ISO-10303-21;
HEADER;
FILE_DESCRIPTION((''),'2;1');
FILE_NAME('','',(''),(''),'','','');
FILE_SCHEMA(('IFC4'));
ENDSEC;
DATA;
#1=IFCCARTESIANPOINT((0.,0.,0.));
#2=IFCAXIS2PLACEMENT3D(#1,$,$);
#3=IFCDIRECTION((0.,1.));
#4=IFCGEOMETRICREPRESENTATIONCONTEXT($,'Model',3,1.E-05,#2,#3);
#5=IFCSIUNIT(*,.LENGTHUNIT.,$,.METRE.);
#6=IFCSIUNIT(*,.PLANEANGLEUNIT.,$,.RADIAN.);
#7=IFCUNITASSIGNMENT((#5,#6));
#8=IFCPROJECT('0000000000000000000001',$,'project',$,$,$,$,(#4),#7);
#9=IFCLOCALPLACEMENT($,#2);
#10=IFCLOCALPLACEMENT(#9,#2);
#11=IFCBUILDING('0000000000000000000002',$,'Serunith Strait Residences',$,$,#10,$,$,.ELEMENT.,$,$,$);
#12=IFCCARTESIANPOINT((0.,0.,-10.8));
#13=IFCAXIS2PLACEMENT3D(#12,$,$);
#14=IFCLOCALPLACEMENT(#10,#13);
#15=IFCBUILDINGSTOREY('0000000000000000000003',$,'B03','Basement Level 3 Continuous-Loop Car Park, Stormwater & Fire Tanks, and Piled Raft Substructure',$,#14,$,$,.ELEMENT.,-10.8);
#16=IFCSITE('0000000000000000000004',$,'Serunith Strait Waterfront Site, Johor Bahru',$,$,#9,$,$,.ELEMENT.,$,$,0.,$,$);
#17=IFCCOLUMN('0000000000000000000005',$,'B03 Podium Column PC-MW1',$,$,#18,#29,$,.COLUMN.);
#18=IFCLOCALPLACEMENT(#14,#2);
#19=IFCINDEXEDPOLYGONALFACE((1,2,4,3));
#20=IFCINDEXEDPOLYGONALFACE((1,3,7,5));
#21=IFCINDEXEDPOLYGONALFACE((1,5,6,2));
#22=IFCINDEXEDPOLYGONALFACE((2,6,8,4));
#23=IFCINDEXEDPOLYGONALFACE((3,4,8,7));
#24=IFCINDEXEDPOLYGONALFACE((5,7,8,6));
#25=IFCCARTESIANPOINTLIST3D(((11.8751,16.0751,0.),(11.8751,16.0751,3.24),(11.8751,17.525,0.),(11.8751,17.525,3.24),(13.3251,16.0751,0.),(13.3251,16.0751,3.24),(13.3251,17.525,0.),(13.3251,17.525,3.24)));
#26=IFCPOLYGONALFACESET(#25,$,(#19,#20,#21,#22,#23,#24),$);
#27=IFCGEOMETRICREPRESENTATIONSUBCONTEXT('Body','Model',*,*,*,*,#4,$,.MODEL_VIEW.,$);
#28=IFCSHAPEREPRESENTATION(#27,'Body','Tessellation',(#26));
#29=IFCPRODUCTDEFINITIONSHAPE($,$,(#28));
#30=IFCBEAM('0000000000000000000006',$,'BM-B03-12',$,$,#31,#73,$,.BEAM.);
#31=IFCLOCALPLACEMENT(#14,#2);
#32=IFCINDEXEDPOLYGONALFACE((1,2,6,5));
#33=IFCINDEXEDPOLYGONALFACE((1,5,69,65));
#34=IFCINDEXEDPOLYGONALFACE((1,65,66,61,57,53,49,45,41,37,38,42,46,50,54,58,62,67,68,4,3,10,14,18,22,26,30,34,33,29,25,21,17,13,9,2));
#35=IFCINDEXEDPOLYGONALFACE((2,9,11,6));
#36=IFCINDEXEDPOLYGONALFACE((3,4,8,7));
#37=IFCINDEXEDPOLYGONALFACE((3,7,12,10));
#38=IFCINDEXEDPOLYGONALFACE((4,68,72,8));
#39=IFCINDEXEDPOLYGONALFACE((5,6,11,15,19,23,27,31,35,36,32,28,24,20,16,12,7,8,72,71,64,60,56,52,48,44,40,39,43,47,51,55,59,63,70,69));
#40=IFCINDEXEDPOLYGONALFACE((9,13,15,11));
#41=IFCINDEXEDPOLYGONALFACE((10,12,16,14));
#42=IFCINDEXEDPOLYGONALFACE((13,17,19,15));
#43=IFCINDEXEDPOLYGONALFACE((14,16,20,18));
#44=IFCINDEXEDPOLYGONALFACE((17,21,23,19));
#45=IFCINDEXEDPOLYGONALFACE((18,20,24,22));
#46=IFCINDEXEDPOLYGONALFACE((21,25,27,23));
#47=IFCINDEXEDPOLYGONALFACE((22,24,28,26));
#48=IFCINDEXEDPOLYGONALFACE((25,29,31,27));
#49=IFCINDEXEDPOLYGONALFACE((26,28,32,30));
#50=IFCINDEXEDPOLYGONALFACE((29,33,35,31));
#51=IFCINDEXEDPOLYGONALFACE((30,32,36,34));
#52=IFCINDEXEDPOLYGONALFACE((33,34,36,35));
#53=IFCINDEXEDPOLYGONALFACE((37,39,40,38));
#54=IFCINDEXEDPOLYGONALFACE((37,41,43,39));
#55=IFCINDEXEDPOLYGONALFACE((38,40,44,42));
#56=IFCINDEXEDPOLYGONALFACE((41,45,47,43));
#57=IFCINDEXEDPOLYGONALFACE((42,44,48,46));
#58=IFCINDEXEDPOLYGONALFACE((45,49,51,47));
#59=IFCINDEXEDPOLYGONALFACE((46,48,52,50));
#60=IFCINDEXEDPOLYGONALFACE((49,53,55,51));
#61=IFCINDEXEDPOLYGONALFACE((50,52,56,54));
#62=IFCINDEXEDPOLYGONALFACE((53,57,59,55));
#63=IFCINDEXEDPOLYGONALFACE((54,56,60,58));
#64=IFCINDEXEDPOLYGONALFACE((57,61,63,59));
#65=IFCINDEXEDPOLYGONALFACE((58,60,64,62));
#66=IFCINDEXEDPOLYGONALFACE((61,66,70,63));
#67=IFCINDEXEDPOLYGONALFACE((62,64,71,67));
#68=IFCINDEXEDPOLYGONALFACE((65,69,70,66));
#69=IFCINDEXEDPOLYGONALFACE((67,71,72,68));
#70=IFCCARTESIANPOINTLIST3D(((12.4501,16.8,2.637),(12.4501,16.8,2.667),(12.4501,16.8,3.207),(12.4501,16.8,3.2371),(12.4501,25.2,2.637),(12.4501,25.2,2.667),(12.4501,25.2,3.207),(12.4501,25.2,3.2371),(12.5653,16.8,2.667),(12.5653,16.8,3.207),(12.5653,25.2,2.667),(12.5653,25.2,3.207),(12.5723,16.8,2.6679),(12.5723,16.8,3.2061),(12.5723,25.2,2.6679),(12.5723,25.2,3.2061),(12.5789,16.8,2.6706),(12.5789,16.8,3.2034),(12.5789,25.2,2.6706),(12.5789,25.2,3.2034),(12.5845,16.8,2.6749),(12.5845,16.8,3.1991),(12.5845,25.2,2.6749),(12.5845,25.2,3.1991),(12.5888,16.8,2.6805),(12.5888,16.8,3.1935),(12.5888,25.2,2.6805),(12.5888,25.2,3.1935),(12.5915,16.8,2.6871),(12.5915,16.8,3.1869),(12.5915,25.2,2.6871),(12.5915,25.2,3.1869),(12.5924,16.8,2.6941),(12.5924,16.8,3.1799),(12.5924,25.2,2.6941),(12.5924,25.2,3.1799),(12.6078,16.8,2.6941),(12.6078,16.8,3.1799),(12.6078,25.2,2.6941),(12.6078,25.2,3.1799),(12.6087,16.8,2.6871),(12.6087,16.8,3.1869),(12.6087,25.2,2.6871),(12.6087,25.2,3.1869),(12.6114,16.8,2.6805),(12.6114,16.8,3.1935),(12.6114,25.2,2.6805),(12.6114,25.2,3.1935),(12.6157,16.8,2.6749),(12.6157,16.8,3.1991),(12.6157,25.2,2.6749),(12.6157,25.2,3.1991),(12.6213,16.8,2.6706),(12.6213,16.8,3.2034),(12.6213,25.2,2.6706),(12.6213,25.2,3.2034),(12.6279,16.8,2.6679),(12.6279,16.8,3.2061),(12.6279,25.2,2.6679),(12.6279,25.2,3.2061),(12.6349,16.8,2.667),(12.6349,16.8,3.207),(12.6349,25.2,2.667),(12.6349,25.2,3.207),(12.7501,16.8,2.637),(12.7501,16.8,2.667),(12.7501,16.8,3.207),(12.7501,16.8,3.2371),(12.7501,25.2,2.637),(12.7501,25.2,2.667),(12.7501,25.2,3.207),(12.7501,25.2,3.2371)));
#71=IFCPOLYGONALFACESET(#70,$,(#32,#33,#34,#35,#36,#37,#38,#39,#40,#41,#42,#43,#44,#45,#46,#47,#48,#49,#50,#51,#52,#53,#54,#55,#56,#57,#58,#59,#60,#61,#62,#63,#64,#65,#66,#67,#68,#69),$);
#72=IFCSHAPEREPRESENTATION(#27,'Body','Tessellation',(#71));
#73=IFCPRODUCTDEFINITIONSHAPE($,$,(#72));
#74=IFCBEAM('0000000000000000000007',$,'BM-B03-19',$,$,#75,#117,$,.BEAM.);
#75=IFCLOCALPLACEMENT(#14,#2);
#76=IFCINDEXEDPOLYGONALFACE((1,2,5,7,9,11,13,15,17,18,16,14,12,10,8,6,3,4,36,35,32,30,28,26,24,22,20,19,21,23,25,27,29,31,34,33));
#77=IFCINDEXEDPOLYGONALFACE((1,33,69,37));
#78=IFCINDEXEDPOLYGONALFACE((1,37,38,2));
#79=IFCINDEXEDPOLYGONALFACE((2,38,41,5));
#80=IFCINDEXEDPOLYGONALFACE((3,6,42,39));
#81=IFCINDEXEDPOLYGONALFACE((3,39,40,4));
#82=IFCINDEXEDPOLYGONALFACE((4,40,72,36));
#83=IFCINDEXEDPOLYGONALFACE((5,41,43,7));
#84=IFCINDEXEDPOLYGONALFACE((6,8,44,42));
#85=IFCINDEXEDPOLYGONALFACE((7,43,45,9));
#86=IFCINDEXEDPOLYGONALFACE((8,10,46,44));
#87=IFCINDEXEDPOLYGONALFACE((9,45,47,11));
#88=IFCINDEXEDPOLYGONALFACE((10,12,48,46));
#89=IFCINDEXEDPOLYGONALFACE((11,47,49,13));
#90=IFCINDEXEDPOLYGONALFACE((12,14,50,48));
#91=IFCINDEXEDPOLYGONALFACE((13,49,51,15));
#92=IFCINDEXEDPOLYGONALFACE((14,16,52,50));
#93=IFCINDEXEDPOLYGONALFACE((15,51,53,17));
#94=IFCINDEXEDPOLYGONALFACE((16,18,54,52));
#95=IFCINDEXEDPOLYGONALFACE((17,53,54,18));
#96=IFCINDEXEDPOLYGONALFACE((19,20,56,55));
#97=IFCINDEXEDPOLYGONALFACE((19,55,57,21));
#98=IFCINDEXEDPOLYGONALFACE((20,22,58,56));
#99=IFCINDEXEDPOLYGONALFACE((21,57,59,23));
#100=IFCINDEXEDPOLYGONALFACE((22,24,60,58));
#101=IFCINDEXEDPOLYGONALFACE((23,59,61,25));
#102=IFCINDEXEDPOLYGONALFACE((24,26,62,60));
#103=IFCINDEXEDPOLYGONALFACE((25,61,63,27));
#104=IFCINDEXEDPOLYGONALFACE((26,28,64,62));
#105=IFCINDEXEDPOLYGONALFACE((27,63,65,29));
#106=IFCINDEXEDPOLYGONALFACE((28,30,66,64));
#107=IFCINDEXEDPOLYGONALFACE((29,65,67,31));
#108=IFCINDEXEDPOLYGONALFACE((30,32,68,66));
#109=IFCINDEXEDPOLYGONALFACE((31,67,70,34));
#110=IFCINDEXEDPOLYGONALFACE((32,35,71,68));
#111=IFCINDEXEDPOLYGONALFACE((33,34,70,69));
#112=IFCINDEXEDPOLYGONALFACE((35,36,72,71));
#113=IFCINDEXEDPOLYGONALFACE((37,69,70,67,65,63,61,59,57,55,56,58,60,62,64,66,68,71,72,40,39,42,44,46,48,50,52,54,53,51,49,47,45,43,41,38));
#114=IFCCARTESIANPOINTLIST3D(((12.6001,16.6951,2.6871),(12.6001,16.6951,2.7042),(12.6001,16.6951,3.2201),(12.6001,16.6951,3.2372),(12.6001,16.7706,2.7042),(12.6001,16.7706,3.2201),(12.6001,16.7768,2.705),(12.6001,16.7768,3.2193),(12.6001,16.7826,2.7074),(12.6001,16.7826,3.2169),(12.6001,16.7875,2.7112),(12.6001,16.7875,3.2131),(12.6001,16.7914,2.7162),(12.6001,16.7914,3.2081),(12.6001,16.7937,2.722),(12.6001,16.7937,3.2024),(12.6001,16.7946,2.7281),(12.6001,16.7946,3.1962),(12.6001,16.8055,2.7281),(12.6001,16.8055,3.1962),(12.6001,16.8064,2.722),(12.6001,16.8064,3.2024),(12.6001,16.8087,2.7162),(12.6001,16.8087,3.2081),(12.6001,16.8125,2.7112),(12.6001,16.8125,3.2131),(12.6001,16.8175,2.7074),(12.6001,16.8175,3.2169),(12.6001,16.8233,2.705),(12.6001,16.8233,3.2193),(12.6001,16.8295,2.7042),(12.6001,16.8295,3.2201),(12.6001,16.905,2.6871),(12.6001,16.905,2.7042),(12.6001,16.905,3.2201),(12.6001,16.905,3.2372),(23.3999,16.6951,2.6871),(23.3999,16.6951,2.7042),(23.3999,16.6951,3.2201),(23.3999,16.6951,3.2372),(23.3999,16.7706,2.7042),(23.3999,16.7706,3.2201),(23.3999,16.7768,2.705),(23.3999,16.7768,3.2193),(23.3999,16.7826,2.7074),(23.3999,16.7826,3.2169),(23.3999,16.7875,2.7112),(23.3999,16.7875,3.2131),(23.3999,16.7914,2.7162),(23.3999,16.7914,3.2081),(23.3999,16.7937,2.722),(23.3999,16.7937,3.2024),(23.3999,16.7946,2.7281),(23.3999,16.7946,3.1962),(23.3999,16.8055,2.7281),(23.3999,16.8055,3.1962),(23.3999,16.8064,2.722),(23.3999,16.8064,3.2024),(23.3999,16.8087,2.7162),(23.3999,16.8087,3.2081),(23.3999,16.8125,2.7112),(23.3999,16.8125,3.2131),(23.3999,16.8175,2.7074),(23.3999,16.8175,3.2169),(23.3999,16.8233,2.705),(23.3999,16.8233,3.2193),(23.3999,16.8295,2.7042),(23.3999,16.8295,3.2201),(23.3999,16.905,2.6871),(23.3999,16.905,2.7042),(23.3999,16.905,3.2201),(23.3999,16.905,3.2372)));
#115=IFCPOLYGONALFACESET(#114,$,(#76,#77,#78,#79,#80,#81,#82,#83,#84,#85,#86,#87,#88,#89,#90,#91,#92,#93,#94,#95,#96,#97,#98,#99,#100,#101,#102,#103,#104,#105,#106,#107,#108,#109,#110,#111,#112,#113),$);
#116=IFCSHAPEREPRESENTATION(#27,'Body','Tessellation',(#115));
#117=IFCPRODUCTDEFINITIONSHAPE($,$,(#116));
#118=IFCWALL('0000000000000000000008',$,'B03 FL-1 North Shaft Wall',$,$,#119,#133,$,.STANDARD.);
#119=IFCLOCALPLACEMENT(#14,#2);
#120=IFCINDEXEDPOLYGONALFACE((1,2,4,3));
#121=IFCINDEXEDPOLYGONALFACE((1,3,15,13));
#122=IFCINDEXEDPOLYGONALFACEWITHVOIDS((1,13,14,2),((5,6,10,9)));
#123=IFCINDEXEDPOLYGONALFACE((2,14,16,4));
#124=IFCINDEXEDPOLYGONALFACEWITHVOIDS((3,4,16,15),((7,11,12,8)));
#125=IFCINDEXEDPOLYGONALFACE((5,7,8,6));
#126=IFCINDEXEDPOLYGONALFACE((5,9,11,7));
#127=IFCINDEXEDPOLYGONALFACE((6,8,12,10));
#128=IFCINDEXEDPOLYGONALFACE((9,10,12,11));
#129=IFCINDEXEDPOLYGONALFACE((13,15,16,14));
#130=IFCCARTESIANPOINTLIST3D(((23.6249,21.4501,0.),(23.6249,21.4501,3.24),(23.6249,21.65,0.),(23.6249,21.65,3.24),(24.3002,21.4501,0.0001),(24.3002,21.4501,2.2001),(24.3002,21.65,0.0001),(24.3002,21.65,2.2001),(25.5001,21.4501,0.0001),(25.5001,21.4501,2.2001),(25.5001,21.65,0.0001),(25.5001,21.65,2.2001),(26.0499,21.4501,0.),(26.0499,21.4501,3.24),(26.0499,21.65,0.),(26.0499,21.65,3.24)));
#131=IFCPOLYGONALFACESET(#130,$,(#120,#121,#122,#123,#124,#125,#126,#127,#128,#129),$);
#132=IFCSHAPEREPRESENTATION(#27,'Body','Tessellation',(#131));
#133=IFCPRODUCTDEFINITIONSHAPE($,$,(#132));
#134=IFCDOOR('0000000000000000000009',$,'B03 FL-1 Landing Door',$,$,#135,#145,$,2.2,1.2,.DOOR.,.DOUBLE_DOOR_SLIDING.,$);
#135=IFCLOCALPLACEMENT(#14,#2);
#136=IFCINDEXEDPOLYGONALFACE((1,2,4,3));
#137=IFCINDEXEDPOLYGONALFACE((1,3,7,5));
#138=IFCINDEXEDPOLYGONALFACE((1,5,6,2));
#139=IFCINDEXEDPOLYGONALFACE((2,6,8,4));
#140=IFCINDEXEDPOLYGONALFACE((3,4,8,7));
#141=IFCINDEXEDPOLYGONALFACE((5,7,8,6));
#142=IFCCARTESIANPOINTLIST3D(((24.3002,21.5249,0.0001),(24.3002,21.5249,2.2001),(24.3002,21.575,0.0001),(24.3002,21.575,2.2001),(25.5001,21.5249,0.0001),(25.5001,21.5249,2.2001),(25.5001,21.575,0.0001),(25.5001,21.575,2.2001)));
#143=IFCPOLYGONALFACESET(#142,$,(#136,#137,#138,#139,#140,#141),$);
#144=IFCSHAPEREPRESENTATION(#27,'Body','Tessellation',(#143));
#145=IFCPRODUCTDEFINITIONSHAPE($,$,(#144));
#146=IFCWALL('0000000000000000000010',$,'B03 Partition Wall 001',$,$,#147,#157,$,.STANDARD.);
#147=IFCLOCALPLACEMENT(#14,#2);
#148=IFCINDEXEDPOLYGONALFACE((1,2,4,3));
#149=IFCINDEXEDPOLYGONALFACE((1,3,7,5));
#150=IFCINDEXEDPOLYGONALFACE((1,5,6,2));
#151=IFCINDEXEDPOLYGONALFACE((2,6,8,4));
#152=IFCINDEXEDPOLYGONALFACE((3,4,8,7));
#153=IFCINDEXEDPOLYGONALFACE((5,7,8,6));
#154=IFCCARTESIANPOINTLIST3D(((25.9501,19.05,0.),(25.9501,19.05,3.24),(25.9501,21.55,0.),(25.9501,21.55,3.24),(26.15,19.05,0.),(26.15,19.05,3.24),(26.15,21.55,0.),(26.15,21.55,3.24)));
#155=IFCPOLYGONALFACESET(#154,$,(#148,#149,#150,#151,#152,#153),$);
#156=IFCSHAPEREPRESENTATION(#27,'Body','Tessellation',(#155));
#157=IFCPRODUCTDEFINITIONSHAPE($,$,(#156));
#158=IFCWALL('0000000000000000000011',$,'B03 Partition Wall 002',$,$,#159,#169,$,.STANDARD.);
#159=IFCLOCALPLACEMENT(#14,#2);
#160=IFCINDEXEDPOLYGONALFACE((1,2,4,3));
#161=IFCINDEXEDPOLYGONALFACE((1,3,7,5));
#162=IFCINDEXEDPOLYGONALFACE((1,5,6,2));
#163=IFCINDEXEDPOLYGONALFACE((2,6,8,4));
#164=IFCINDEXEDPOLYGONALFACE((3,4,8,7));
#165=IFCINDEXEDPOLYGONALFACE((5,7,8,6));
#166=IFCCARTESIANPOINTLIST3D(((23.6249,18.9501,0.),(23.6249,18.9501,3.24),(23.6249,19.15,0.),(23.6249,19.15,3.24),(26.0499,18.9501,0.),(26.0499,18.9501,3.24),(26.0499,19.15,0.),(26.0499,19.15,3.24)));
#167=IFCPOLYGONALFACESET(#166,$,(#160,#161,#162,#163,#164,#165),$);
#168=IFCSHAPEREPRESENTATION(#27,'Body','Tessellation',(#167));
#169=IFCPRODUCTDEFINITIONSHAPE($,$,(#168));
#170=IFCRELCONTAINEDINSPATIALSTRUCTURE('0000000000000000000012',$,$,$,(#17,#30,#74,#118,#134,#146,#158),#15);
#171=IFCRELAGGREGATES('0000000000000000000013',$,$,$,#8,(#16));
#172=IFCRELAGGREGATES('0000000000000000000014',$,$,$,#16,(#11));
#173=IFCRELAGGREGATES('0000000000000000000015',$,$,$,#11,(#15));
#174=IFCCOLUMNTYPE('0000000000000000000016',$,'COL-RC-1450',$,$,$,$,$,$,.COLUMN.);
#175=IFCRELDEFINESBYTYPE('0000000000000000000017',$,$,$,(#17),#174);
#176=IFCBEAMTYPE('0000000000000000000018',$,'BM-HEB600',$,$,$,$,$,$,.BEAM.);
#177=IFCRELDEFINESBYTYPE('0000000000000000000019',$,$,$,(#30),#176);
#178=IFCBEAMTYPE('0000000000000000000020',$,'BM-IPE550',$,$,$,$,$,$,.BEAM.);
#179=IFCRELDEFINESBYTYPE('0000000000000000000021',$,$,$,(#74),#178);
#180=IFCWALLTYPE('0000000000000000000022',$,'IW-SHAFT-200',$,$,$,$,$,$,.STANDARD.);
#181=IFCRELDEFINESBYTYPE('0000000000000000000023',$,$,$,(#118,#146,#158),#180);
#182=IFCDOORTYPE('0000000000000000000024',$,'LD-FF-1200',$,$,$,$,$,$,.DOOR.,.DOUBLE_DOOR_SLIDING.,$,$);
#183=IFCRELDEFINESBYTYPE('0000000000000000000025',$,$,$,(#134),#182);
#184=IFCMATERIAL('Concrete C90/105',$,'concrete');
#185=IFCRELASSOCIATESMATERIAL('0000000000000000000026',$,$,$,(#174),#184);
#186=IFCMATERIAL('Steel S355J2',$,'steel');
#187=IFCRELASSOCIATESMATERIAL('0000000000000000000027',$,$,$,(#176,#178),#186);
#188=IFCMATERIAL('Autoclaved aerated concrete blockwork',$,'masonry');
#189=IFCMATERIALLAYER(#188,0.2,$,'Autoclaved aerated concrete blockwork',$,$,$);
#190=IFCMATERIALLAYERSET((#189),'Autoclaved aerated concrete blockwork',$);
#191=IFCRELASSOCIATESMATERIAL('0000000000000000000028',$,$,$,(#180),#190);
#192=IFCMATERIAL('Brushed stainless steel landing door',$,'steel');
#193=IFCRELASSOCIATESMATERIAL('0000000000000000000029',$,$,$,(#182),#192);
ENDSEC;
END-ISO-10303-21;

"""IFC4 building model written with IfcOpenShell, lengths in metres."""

from ifc_helpers import new_model, si_unit, direction, frame, frame_2d, origin, origin_2d, place, context, subcontext, project, spatial, rectangle, i_section, extrude, source, transform, mapped, material, layer, layer_set, material_profile, profile_set, type_object, element, fill, save


model = new_model("IFC4")

# Units and contexts
model_context = context("Model", 3, precision=1e-05, world=origin(), true_north=direction((0.0, 1.0)))
body_context = subcontext(model_context, "Body", "Model", "MODEL_VIEW")
ifc_project = project(units=[si_unit("LENGTHUNIT", "METRE"), si_unit("PLANEANGLEUNIT", "RADIAN")], contexts=[model_context])

# Site, building, storey
site_placement = place(None, origin())
site = spatial("IfcSite", under=ifc_project, at=site_placement, Name="Serunith Strait Waterfront Site, Johor Bahru", CompositionType="ELEMENT", RefElevation=0.0)
building_placement = place(site_placement, origin())
building = spatial("IfcBuilding", under=site, at=building_placement, Name="Serunith Strait Residences", CompositionType="ELEMENT")
storey_placement = place(building_placement, frame((0.0, 0.0, -10.8)))
storey = spatial("IfcBuildingStorey", under=building, at=storey_placement, Name="B03", Description="Basement Level 3 Continuous-Loop Car Park, Stormwater & Fire Tanks, and Piled Raft Substructure", CompositionType="ELEMENT", Elevation=-10.8)

# Column
ifc_material_1 = material(Name="Concrete C90/105", Category="concrete")
ifc_material_profile_1 = material_profile(ifc_material_1, rectangle(XDim=1.45, YDim=1.45, at=origin_2d()), Name="RC 1450x1450")
ifc_profile_set_1 = profile_set([ifc_material_profile_1], Name="Concrete C90/105")
column_type = type_object("IfcColumnType", Name="COL-RC-1450", PredefinedType="COLUMN", material=ifc_profile_set_1)
shared_shape_1 = source(origin(), body_context, "Body", "SweptSolid", [
    extrude(rectangle(XDim=1.45, YDim=1.45, at=origin_2d()), origin(), (0.0, 0.0, 1.0), 3.24),
])
column_placement = place(storey_placement, frame((12.6001, 16.8, 0.0), z_axis=(0.0, 0.0, 1.0), x_axis=(1.0, 0.0, 0.0)))
element("IfcColumn", 1, at=column_placement, inside=storey, type_object=column_type, Name="B03 Podium Column PC-MW1", PredefinedType="COLUMN", context=body_context, shape_type="MappedRepresentation", body=[
    mapped(shared_shape_1, transform((0.0, 0.0, 0.0), scale=1.0)),
])

# Beams
ifc_material_2 = material(Name="Steel S355J2", Category="steel")
ifc_material_profile_2 = material_profile(ifc_material_2, i_section(OverallWidth=0.3, OverallDepth=0.6001, WebThickness=0.0154, FlangeThickness=0.03, FilletRadius=0.0271, at=origin_2d()), Name="HEB 600")
ifc_profile_set_2 = profile_set([ifc_material_profile_2], Name="Steel S355J2")
beam_type_1 = type_object("IfcBeamType", Name="BM-HEB600", PredefinedType="BEAM", material=ifc_profile_set_2)
shared_shape_2 = source(origin(), body_context, "Body", "SweptSolid", [
    extrude(i_section(OverallWidth=0.3, OverallDepth=0.6001, WebThickness=0.0154, FlangeThickness=0.03, FilletRadius=0.0271, at=origin_2d()), origin(), (0.0, 0.0, 1.0), 8.3999),
])
beam_1_placement = place(storey_placement, frame((12.6001, 16.8, 2.937), z_axis=(0.0, 1.0, 0.0), x_axis=(-1.0, 0.0, 0.0)))
element("IfcBeam", 2, at=beam_1_placement, inside=storey, type_object=beam_type_1, Name="BM-B03-12", PredefinedType="BEAM", context=body_context, shape_type="MappedRepresentation", body=[
    mapped(shared_shape_2, transform((0.0, 0.0, 0.0), scale=1.0)),
])
ifc_material_profile_3 = material_profile(ifc_material_2, i_section(OverallWidth=0.21, OverallDepth=0.55, WebThickness=0.011, FlangeThickness=0.0171, FilletRadius=0.0239, at=origin_2d()), Name="IPE 550")
ifc_profile_set_3 = profile_set([ifc_material_profile_3], Name="Steel S355J2")
beam_type_2 = type_object("IfcBeamType", Name="BM-IPE550", PredefinedType="BEAM", material=ifc_profile_set_3)
shared_shape_3 = source(origin(), body_context, "Body", "SweptSolid", [
    extrude(i_section(OverallWidth=0.21, OverallDepth=0.55, WebThickness=0.011, FlangeThickness=0.0171, FilletRadius=0.0239, at=origin_2d()), origin(), (0.0, 0.0, 1.0), 10.7998),
])
beam_2_placement = place(storey_placement, frame((12.6001, 16.8, 2.9622), z_axis=(1.0, 0.0, 0.0), x_axis=(0.0, 1.0, 0.0)))
element("IfcBeam", 3, at=beam_2_placement, inside=storey, type_object=beam_type_2, Name="BM-B03-19", PredefinedType="BEAM", context=body_context, shape_type="MappedRepresentation", body=[
    mapped(shared_shape_3, transform((0.0, 0.0, 0.0), scale=1.0)),
])

# Wall, opening, door
ifc_material_3 = material(Name="Autoclaved aerated concrete blockwork", Category="masonry")
ifc_layer_1 = layer(ifc_material_3, 0.2, Name="Autoclaved aerated concrete blockwork")
ifc_layer_set_1 = layer_set([ifc_layer_1], Name="Autoclaved aerated concrete blockwork")
wall_type_1 = type_object("IfcWallType", Name="IW-SHAFT-200", PredefinedType="STANDARD", material=ifc_layer_set_1)
wall_1_placement = place(storey_placement, frame((23.625, 21.55, 0.0), z_axis=(0.0, 0.0, 1.0), x_axis=(1.0, 0.0, 0.0)))
wall_1 = element("IfcWall", 4, at=wall_1_placement, inside=storey, type_object=wall_type_1, Name="B03 FL-1 North Shaft Wall", PredefinedType="STANDARD", context=body_context, shape_type="SweptSolid", body=[
    extrude(rectangle(XDim=2.425, YDim=0.2, at=frame_2d((1.2124, 0.0))), origin(), (0.0, 0.0, 1.0), 3.24),
])
opening_1_placement = place(wall_1_placement, frame((0.675, 0.0, 0.0)))
opening_1 = element("IfcOpeningElement", 5, at=opening_1_placement, cuts=wall_1, PredefinedType="OPENING", context=body_context, shape_type="SweptSolid", body=[
    extrude(rectangle(XDim=1.2, YDim=2.2, at=frame_2d((0.6001, 1.1001))), frame((0.0, 0.1099, 0.0), z_axis=(0.0, -1.0, 0.0), x_axis=(1.0, 0.0, 0.0)), (0.0, 0.0, 1.0), 0.22),
])
ifc_material_4 = material(Name="Brushed stainless steel landing door", Category="steel")
door_type_1 = type_object("IfcDoorType", Name="LD-FF-1200", OperationType="DOUBLE_DOOR_SLIDING", PredefinedType="DOOR", material=ifc_material_4)
shared_shape_4 = source(origin(), body_context, "Body", "SweptSolid", [
    extrude(rectangle(XDim=1.2, YDim=2.2, at=frame_2d((0.6001, 1.1001))), frame((0.0, 0.0249, 0.0), z_axis=(0.0, -1.0, 0.0), x_axis=(1.0, 0.0, 0.0)), (0.0, 0.0, 1.0), 0.05),
])
door_1_placement = place(opening_1_placement, origin())
door_1 = element("IfcDoor", 6, at=door_1_placement, inside=storey, type_object=door_type_1, Name="B03 FL-1 Landing Door", OperationType="DOUBLE_DOOR_SLIDING", OverallHeight=2.2, OverallWidth=1.2, PredefinedType="DOOR", context=body_context, shape_type="MappedRepresentation", body=[
    mapped(shared_shape_4, transform((0.0, 0.0, 0.0), scale=1.0)),
])
fill(opening_1, door_1)

# Walls
wall_2_placement = place(storey_placement, frame((26.05, 19.05, 0.0), z_axis=(0.0, 0.0, 1.0), x_axis=(0.0, 1.0, 0.0)))
element("IfcWall", 7, at=wall_2_placement, inside=storey, type_object=wall_type_1, Name="B03 Partition Wall 001", PredefinedType="STANDARD", context=body_context, shape_type="SweptSolid", body=[
    extrude(rectangle(XDim=2.5, YDim=0.2, at=frame_2d((1.25, 0.0))), origin(), (0.0, 0.0, 1.0), 3.24),
])
wall_3_placement = place(storey_placement, frame((23.625, 19.05, 0.0), z_axis=(0.0, 0.0, 1.0), x_axis=(1.0, 0.0, 0.0)))
element("IfcWall", 8, at=wall_3_placement, inside=storey, type_object=wall_type_1, Name="B03 Partition Wall 002", PredefinedType="STANDARD", context=body_context, shape_type="SweptSolid", body=[
    extrude(rectangle(XDim=2.425, YDim=0.2, at=frame_2d((1.2124, 0.0))), origin(), (0.0, 0.0, 1.0), 3.24),
])

save(model, "model.ifc")
